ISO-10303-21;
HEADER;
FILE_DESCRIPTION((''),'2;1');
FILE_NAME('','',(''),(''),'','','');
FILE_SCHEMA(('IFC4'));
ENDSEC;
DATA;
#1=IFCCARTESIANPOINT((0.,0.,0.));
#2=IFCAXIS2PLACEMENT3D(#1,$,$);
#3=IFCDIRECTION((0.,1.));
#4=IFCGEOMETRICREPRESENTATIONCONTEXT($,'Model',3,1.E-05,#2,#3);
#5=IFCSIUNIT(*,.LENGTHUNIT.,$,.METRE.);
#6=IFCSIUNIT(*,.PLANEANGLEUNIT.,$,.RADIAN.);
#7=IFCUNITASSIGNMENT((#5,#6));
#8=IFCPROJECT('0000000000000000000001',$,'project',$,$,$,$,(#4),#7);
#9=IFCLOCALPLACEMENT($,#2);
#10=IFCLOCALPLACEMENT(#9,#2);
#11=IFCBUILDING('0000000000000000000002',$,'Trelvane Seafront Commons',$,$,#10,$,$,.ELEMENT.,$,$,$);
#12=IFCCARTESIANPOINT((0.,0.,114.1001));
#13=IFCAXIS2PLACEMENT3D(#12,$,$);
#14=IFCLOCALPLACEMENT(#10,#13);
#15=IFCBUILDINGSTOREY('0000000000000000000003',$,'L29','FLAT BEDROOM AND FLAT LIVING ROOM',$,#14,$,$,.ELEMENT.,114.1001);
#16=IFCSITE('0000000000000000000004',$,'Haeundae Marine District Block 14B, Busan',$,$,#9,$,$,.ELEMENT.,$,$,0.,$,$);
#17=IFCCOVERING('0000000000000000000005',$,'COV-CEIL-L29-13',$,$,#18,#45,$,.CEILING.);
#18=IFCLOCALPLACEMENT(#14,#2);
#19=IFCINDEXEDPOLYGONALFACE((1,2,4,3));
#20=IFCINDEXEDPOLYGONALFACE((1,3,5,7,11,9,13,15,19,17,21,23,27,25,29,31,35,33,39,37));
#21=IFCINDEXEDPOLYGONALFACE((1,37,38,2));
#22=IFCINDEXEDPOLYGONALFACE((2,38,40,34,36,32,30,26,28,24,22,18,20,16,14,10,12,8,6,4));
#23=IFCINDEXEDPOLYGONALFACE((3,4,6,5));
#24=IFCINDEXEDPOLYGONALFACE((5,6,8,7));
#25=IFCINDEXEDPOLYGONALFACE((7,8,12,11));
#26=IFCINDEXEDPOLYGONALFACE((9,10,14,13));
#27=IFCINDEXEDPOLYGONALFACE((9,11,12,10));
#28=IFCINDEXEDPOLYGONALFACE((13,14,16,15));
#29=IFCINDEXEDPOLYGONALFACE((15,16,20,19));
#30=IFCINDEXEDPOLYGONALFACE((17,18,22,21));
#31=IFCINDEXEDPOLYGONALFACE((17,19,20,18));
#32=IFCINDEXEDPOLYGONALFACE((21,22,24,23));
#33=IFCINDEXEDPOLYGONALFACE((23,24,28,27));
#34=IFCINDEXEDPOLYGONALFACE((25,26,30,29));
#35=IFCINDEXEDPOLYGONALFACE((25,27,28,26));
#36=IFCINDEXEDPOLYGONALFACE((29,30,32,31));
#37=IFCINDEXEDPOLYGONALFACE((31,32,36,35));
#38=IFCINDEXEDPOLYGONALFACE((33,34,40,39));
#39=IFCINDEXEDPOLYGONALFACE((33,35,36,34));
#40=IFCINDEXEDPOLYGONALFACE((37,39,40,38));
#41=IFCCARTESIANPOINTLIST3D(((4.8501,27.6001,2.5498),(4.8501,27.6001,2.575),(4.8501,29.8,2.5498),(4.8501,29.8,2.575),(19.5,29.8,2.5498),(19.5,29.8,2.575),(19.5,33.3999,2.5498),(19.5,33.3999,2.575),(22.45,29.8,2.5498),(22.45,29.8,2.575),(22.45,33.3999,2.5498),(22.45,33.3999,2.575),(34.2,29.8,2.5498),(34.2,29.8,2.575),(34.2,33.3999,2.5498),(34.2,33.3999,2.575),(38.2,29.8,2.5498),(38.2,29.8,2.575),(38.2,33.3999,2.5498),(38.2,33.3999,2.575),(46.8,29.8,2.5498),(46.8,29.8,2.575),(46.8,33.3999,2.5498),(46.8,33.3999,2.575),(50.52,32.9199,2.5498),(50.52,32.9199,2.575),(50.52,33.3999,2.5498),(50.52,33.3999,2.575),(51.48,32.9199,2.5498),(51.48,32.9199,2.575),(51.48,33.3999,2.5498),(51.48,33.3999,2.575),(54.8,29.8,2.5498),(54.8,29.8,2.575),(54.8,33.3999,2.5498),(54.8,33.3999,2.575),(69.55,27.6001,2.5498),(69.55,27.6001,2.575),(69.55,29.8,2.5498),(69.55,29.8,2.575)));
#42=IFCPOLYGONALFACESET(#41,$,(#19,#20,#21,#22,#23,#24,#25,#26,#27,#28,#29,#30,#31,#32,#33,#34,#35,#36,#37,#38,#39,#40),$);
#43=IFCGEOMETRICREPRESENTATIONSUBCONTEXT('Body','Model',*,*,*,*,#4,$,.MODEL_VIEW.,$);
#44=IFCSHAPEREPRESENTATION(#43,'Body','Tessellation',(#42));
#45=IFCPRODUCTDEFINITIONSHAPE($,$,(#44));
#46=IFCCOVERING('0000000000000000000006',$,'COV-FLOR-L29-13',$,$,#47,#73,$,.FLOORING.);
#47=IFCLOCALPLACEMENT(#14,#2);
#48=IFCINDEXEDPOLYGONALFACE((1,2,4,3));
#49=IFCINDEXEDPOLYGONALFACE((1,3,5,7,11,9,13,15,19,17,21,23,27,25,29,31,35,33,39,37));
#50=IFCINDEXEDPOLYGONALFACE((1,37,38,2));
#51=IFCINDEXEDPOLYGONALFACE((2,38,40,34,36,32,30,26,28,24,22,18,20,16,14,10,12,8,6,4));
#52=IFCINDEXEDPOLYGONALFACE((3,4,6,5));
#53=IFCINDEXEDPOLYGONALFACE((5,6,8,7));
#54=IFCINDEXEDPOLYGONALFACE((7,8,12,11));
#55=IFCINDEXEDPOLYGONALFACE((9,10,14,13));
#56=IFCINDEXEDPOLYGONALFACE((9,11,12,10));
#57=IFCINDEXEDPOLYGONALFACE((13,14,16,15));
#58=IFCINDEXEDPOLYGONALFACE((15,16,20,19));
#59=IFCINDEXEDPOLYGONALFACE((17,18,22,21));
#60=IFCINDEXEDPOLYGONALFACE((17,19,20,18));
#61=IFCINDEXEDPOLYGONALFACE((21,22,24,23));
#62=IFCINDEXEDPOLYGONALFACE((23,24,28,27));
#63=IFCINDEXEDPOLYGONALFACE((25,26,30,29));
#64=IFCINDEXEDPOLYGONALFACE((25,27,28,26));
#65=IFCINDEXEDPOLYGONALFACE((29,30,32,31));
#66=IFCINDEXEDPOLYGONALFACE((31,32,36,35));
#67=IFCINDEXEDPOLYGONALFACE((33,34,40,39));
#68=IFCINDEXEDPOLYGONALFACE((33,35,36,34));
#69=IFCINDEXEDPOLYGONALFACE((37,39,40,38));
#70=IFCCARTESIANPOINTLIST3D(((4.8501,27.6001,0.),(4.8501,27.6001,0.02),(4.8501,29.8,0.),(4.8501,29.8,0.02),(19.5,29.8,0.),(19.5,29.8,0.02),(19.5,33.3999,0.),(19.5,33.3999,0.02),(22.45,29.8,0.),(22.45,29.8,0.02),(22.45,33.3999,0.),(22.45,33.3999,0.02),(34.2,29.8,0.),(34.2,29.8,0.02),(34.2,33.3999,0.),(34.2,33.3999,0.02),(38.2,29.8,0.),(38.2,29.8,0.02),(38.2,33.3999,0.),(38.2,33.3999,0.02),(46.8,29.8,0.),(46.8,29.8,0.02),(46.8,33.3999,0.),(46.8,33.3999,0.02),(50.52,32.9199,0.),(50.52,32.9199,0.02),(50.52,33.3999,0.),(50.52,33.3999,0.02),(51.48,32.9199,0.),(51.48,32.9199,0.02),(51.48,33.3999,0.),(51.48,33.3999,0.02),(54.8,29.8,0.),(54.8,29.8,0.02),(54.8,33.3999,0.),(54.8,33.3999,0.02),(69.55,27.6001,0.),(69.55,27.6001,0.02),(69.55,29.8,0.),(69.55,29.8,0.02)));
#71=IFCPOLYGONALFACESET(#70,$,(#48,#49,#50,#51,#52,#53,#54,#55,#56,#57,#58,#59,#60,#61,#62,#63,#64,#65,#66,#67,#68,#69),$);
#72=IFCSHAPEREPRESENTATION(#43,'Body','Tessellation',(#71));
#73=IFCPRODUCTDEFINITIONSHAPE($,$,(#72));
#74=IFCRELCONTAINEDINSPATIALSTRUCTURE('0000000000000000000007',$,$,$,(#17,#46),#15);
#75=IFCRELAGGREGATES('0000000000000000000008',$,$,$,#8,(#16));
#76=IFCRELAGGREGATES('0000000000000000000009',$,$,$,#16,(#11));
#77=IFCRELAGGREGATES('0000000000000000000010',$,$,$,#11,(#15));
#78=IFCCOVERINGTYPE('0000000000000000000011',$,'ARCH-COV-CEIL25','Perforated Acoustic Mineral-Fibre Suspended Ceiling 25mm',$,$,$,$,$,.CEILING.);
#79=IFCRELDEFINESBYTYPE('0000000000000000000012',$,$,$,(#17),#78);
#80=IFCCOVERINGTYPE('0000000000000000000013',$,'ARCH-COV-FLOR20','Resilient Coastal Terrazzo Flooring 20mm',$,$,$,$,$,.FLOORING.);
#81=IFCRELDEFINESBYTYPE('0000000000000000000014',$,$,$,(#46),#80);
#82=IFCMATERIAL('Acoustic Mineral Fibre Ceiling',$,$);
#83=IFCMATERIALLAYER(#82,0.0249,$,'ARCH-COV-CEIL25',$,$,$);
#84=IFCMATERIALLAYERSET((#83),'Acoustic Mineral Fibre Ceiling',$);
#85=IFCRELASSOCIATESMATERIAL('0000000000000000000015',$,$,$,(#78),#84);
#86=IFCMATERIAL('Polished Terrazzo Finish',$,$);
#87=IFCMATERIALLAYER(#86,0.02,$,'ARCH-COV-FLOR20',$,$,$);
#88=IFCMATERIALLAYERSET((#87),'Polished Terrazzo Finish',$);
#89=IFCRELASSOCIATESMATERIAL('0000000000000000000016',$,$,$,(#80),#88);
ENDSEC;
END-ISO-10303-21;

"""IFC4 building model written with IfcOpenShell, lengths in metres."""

from ifc_helpers import new_model, si_unit, direction, frame, origin, place, context, subcontext, project, spatial, polyline, outline, extrude, material, layer, layer_set, type_object, element, save


model = new_model("IFC4")

# Units and contexts
model_context = context("Model", 3, precision=1e-05, world=origin(), true_north=direction((0.0, 1.0)))
body_context = subcontext(model_context, "Body", "Model", "MODEL_VIEW")
ifc_project = project(units=[si_unit("LENGTHUNIT", "METRE"), si_unit("PLANEANGLEUNIT", "RADIAN")], contexts=[model_context])

# Site, building, storey
site_placement = place(None, origin())
site = spatial("IfcSite", under=ifc_project, at=site_placement, Name="Haeundae Marine District Block 14B, Busan", CompositionType="ELEMENT", RefElevation=0.0)
building_placement = place(site_placement, origin())
building = spatial("IfcBuilding", under=site, at=building_placement, Name="Trelvane Seafront Commons", CompositionType="ELEMENT")
storey_placement = place(building_placement, frame((0.0, 0.0, 114.1001)))
storey = spatial("IfcBuildingStorey", under=building, at=storey_placement, Name="L29", Description="FLAT BEDROOM AND FLAT LIVING ROOM", CompositionType="ELEMENT", Elevation=114.1001)

# Coverings
ifc_material_1 = material(Name="Acoustic Mineral Fibre Ceiling")
ifc_layer_1 = layer(ifc_material_1, 0.0249, Name="ARCH-COV-CEIL25")
ifc_layer_set_1 = layer_set([ifc_layer_1], Name="Acoustic Mineral Fibre Ceiling")
covering_type_1 = type_object("IfcCoveringType", Name="ARCH-COV-CEIL25", Description="Perforated Acoustic Mineral-Fibre Suspended Ceiling 25mm", PredefinedType="CEILING", material=ifc_layer_set_1)
covering_1_placement = place(storey_placement, frame((0.0, 0.0, 2.5498)))
element("IfcCovering", 1, at=covering_1_placement, inside=storey, type_object=covering_type_1, Name="COV-CEIL-L29-13", PredefinedType="CEILING", context=body_context, shape_type="SweptSolid", body=[
    extrude(outline(polyline([(51.48, 33.3999), (51.48, 32.9199), (50.52, 32.9199), (50.52, 33.3999), (46.8, 33.3999), (46.8, 29.8), (38.2, 29.8), (38.2, 33.3999), (34.2, 33.3999), (34.2, 29.8), (22.45, 29.8), (22.45, 33.3999), (19.5, 33.3999), (19.5, 29.8), (4.8501, 29.8), (4.8501, 27.6001), (69.55, 27.6001), (69.55, 29.8), (54.8, 29.8), (54.8, 33.3999), (51.48, 33.3999)])), origin(), (0.0, 0.0, 1.0), 0.0251),
])
ifc_material_2 = material(Name="Polished Terrazzo Finish")
ifc_layer_2 = layer(ifc_material_2, 0.02, Name="ARCH-COV-FLOR20")
ifc_layer_set_2 = layer_set([ifc_layer_2], Name="Polished Terrazzo Finish")
covering_type_2 = type_object("IfcCoveringType", Name="ARCH-COV-FLOR20", Description="Resilient Coastal Terrazzo Flooring 20mm", PredefinedType="FLOORING", material=ifc_layer_set_2)
covering_2_placement = place(storey_placement, origin())
element("IfcCovering", 2, at=covering_2_placement, inside=storey, type_object=covering_type_2, Name="COV-FLOR-L29-13", PredefinedType="FLOORING", context=body_context, shape_type="SweptSolid", body=[
    extrude(outline(polyline([(51.48, 33.3999), (51.48, 32.9199), (50.52, 32.9199), (50.52, 33.3999), (46.8, 33.3999), (46.8, 29.8), (38.2, 29.8), (38.2, 33.3999), (34.2, 33.3999), (34.2, 29.8), (22.45, 29.8), (22.45, 33.3999), (19.5, 33.3999), (19.5, 29.8), (4.8501, 29.8), (4.8501, 27.6001), (69.55, 27.6001), (69.55, 29.8), (54.8, 29.8), (54.8, 33.3999), (51.48, 33.3999)])), origin(), (0.0, 0.0, 1.0), 0.02),
])

save(model, "model.ifc")
